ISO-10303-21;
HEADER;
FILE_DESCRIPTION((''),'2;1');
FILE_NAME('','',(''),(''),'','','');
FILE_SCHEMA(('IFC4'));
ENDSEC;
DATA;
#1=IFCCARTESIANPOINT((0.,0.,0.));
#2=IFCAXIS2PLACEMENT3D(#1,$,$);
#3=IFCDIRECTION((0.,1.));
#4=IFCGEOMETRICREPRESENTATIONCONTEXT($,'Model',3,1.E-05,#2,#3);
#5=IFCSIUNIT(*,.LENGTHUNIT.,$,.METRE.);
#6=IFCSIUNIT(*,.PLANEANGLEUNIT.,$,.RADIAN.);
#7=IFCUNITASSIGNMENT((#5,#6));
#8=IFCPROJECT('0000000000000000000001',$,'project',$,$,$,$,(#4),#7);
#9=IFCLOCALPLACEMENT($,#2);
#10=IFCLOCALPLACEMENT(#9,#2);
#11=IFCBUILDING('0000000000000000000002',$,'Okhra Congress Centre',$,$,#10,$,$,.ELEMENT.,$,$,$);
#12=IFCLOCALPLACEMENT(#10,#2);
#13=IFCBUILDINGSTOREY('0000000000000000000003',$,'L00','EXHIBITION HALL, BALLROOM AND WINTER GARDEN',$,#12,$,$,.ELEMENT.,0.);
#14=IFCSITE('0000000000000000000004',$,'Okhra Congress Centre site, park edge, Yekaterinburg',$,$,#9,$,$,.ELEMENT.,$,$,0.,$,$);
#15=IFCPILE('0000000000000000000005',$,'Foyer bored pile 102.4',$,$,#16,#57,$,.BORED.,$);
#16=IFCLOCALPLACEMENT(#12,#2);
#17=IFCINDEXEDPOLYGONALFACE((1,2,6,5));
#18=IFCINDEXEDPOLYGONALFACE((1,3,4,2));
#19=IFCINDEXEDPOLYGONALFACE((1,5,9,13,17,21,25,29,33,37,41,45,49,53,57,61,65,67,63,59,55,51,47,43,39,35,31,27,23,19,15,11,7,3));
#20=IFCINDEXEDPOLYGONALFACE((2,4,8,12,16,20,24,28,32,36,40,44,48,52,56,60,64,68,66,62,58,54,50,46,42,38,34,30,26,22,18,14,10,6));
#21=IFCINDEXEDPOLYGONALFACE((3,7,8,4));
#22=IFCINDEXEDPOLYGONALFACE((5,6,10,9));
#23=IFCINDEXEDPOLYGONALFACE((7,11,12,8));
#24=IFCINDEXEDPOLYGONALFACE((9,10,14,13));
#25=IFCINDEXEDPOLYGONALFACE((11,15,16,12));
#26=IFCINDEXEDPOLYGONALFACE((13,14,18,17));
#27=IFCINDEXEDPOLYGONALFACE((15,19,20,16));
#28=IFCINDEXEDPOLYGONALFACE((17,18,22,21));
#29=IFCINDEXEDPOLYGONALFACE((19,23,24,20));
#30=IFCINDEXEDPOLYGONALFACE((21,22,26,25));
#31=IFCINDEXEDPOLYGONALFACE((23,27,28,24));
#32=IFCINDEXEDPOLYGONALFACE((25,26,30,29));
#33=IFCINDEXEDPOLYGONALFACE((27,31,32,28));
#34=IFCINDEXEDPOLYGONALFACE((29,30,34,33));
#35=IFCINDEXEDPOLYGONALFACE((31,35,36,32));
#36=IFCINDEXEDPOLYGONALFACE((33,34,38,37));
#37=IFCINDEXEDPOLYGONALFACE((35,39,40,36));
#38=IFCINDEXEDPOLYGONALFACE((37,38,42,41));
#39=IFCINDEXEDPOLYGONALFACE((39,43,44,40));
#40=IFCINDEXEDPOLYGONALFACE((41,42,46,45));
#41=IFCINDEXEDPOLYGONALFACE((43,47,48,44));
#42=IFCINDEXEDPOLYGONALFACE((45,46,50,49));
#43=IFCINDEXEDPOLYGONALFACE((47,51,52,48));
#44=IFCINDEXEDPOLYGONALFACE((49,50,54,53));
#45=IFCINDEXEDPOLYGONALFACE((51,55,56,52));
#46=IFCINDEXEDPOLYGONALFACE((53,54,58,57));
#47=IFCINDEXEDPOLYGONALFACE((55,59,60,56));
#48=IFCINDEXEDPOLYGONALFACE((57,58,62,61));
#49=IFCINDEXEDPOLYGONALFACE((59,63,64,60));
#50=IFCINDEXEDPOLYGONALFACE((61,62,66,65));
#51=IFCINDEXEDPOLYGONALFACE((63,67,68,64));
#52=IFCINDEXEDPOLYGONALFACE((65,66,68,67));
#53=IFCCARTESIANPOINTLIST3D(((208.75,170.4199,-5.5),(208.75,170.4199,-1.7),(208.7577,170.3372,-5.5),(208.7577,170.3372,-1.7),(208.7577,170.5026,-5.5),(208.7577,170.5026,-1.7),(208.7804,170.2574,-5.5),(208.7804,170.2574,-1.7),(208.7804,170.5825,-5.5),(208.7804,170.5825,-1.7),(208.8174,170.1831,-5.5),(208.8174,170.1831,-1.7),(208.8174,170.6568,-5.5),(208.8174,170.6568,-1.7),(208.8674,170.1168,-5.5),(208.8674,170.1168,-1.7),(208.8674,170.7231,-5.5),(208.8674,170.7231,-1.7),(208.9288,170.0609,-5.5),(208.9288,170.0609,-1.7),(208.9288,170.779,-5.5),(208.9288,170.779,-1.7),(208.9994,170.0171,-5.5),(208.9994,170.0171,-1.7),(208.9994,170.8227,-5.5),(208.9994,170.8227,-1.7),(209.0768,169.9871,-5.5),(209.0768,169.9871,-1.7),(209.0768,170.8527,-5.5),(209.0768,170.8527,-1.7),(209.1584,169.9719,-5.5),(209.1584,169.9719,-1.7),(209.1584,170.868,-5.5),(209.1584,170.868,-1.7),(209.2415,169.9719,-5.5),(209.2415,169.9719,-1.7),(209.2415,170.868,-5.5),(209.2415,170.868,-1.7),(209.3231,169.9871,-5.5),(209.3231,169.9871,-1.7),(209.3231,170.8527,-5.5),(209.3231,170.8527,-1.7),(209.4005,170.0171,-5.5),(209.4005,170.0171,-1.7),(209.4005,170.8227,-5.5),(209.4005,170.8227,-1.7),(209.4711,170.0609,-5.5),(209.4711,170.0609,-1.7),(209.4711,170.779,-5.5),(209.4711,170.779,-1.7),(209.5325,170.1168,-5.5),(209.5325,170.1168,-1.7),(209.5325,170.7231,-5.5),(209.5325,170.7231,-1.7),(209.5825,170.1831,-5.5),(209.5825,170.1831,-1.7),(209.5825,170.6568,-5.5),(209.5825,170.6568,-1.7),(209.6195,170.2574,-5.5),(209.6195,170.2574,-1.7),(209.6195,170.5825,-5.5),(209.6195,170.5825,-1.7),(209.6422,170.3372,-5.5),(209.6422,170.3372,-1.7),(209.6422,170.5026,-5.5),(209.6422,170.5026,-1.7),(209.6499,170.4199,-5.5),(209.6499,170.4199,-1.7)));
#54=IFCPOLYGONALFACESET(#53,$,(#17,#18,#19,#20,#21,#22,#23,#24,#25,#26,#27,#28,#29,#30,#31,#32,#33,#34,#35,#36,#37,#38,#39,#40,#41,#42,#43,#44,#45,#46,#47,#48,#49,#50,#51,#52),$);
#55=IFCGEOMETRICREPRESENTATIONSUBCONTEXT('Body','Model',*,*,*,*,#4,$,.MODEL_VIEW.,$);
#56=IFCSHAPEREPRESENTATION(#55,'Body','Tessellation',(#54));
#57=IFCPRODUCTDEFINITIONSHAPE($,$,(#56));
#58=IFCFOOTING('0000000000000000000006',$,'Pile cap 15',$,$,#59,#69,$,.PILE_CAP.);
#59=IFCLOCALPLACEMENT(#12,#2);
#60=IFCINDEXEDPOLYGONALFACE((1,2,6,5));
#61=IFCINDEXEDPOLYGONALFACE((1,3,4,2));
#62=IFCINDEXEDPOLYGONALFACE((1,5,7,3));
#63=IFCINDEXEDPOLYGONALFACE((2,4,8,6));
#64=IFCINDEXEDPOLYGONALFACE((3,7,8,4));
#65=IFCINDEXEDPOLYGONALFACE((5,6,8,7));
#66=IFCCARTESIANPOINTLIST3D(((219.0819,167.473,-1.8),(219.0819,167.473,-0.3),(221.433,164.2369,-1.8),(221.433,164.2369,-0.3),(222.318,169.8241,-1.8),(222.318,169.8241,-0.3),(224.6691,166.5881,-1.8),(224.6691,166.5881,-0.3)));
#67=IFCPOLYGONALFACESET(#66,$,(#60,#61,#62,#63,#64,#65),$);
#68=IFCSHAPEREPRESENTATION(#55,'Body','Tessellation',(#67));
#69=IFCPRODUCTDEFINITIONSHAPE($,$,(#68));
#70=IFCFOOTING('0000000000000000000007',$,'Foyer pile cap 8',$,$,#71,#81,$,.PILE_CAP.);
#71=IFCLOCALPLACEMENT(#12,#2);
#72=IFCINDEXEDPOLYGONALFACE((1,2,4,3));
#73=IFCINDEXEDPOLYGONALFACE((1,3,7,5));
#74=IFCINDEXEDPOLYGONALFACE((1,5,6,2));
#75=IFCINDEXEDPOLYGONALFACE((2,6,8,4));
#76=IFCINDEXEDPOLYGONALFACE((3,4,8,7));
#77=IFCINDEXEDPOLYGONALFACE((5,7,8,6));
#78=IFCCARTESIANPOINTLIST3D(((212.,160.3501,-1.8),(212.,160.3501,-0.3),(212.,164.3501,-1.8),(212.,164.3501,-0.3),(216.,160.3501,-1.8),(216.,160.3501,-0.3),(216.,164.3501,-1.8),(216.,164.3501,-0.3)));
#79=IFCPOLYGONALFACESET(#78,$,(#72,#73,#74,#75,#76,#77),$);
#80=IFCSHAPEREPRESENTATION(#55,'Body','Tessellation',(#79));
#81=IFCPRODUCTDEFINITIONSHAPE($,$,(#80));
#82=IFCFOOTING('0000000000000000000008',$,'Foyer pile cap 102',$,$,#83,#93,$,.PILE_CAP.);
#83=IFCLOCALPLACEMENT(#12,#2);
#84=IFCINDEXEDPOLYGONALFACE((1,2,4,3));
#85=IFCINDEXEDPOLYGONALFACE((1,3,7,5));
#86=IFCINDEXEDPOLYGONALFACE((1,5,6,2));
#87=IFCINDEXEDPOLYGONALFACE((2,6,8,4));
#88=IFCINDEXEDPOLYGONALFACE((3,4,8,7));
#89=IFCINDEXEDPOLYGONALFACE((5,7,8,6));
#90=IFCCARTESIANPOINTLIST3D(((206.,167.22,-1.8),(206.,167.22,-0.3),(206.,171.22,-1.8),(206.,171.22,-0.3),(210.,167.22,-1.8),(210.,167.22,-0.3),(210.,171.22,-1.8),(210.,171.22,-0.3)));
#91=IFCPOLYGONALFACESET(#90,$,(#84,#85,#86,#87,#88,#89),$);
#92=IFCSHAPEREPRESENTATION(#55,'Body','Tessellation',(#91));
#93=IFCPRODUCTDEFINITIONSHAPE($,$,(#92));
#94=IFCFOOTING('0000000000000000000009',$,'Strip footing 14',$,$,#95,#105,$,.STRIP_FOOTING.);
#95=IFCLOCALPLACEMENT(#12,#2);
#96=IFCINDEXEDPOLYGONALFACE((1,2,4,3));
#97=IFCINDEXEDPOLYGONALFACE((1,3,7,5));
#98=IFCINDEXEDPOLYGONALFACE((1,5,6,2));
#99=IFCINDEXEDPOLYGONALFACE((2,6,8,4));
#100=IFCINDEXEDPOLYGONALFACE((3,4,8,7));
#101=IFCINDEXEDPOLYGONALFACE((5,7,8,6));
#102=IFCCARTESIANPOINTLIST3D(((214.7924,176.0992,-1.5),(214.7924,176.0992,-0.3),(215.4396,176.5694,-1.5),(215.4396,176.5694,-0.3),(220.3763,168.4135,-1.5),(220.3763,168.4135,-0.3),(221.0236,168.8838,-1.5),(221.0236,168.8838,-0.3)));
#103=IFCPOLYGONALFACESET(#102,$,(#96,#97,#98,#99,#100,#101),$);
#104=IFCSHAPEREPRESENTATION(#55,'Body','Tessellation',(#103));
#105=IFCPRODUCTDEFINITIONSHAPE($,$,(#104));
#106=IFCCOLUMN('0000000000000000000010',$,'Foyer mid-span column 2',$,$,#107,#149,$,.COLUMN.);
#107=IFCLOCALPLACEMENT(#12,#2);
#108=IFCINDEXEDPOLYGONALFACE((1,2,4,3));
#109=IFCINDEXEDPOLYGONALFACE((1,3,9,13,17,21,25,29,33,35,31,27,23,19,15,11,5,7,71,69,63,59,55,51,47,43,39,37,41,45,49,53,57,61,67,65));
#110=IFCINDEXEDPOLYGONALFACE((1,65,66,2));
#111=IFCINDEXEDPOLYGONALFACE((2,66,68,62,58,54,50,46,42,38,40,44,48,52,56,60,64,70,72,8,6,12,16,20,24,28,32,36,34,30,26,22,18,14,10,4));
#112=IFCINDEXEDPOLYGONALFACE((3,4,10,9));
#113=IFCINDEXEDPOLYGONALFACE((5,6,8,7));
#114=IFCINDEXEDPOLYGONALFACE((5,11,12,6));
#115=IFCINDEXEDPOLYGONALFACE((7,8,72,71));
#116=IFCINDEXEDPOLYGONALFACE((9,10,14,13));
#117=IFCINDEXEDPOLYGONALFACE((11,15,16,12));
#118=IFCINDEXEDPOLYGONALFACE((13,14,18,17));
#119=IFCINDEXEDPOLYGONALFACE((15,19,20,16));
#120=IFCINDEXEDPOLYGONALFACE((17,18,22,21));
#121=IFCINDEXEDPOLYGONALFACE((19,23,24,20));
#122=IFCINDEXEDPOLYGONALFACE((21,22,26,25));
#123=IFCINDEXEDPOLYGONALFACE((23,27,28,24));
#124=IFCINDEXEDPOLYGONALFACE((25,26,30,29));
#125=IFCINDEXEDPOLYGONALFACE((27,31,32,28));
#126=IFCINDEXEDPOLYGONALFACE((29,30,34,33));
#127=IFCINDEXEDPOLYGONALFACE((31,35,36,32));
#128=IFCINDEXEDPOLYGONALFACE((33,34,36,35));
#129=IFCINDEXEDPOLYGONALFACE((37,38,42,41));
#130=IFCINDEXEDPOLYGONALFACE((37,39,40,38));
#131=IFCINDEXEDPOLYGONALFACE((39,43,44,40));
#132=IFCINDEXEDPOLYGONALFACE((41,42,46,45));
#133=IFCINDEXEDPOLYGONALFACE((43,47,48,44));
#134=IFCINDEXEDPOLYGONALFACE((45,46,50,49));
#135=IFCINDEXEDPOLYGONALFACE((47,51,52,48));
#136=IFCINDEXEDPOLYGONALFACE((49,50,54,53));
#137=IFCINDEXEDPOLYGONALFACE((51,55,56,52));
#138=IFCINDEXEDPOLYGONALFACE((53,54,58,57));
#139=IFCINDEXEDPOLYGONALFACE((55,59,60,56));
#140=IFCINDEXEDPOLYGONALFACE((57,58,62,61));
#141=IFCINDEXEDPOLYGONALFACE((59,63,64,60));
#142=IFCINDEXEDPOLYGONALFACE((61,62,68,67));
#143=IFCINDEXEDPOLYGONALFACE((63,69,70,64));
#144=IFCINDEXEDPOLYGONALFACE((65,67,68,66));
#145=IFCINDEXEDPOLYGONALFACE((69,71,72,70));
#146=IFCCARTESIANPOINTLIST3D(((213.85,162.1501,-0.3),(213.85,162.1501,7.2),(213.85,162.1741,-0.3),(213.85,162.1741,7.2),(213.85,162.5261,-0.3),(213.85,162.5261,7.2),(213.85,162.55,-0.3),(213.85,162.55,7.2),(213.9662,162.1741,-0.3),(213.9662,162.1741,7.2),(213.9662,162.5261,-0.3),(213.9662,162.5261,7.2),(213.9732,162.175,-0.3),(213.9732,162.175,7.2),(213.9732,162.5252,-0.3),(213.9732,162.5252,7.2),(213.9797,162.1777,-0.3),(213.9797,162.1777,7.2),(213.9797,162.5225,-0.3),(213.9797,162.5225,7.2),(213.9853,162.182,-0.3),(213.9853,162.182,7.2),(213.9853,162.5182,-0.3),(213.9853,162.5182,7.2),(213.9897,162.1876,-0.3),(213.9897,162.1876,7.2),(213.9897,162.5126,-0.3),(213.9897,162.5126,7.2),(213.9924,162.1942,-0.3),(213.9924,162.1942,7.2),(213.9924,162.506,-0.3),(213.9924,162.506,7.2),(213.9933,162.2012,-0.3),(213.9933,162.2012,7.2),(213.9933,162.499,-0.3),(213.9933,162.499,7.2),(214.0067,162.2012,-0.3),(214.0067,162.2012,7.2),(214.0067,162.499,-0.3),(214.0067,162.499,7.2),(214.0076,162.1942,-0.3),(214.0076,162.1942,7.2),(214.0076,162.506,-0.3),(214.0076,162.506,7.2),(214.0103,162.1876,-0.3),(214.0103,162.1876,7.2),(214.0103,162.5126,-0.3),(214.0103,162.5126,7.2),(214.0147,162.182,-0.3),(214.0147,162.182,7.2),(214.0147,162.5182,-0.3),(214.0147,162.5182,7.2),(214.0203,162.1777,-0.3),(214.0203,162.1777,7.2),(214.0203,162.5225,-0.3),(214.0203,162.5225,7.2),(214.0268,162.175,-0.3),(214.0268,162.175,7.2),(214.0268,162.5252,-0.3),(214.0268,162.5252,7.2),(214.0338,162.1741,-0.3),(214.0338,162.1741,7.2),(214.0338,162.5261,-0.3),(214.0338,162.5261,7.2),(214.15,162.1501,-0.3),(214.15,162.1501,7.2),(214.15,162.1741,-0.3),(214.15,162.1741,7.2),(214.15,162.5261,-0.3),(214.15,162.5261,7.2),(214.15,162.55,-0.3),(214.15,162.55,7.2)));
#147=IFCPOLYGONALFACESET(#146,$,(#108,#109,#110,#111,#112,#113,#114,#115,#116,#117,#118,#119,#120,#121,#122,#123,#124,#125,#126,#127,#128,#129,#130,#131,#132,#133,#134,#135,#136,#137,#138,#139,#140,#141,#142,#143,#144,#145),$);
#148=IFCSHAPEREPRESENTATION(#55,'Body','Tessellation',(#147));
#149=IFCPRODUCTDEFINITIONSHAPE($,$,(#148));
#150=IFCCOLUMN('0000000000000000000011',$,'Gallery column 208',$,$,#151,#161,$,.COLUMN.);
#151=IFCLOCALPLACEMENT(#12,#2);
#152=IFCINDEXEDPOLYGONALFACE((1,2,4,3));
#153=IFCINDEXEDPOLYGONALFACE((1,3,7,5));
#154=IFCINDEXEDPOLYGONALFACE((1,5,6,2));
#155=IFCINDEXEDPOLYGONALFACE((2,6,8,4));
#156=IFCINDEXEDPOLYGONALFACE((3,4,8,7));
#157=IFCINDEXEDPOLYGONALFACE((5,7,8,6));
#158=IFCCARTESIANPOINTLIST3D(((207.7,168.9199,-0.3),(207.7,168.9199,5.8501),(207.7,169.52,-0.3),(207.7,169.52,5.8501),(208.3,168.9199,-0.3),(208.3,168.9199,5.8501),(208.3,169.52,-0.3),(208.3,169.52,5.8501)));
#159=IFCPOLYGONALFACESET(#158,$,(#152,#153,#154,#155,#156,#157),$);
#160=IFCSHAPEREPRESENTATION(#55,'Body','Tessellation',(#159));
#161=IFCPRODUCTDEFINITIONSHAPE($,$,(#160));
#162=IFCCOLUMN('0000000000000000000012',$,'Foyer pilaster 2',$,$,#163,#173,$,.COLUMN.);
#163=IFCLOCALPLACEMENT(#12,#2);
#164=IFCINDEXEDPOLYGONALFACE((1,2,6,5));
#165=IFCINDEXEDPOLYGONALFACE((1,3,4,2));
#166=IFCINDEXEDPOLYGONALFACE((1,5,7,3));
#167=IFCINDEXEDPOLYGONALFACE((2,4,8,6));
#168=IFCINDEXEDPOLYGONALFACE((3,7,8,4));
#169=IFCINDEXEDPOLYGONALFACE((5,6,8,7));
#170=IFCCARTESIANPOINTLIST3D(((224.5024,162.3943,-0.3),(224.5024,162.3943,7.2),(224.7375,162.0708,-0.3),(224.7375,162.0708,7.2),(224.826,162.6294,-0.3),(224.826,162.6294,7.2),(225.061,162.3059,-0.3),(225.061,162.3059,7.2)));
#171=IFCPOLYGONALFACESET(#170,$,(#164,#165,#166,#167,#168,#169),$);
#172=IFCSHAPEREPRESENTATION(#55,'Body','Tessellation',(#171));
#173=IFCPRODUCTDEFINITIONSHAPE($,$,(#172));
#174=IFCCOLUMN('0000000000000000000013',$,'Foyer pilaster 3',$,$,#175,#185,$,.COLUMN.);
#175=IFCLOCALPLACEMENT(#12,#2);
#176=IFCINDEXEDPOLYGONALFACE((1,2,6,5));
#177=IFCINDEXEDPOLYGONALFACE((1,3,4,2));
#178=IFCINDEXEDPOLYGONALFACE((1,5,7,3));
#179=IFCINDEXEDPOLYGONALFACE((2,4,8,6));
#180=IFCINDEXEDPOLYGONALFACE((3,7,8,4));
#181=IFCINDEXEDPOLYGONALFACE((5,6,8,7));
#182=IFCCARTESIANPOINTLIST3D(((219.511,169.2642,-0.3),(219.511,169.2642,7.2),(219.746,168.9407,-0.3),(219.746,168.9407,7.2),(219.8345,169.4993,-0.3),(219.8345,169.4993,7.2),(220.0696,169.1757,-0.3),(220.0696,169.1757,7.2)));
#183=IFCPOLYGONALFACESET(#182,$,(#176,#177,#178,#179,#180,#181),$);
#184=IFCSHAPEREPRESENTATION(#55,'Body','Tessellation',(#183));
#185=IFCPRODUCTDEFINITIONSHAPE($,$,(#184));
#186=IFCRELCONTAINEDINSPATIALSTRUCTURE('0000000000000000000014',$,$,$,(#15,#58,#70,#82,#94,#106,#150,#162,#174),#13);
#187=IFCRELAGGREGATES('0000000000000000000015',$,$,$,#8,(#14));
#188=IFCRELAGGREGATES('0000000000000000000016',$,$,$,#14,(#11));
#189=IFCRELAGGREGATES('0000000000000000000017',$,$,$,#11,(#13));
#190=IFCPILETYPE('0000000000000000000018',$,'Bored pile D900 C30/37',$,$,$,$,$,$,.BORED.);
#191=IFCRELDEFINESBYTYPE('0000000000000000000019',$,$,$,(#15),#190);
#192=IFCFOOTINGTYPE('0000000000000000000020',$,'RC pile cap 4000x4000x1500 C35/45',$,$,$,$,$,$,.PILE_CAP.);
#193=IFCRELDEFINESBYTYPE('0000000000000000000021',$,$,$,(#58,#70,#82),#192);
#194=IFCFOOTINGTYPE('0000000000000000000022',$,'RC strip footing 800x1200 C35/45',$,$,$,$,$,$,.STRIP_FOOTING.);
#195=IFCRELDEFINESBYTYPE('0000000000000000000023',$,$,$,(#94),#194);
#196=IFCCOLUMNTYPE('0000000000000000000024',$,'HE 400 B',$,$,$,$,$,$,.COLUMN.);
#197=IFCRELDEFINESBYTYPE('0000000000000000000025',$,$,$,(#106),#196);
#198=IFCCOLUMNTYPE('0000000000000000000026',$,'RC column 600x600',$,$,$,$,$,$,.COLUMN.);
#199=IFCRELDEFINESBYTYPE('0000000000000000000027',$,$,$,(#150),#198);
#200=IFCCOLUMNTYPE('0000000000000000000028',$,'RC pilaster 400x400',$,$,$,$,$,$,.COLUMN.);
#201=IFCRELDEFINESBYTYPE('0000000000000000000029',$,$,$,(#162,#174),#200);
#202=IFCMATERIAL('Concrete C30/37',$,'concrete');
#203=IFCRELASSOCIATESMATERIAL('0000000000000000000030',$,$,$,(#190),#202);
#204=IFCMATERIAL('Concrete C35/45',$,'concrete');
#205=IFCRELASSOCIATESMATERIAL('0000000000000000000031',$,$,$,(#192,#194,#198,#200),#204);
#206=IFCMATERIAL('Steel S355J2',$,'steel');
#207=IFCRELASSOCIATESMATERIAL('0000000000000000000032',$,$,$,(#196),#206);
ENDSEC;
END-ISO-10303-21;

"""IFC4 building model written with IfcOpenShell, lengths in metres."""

from ifc_helpers import new_model, si_unit, direction, frame, origin, origin_2d, place, context, subcontext, project, spatial, rectangle, circle, i_section, extrude, material, material_profile, profile_set, type_object, element, save


model = new_model("IFC4")

# Units and contexts
model_context = context("Model", 3, precision=1e-05, world=origin(), true_north=direction((0.0, 1.0)))
body_context = subcontext(model_context, "Body", "Model", "MODEL_VIEW")
ifc_project = project(units=[si_unit("LENGTHUNIT", "METRE"), si_unit("PLANEANGLEUNIT", "RADIAN")], contexts=[model_context])

# Site, building, storey
site_placement = place(None, origin())
site = spatial("IfcSite", under=ifc_project, at=site_placement, Name="Okhra Congress Centre site, park edge, Yekaterinburg", CompositionType="ELEMENT", RefElevation=0.0)
building_placement = place(site_placement, origin())
building = spatial("IfcBuilding", under=site, at=building_placement, Name="Okhra Congress Centre", CompositionType="ELEMENT")
storey_placement = place(building_placement, origin())
storey = spatial("IfcBuildingStorey", under=building, at=storey_placement, Name="L00", Description="EXHIBITION HALL, BALLROOM AND WINTER GARDEN", CompositionType="ELEMENT", Elevation=0.0)

# Pile
ifc_material_1 = material(Name="Concrete C30/37", Category="concrete")
ifc_material_profile_1 = material_profile(ifc_material_1, circle(Radius=0.45, at=origin_2d()), Name="D900")
ifc_profile_set_1 = profile_set([ifc_material_profile_1], Name="Concrete C30/37")
pile_type = type_object("IfcPileType", Name="Bored pile D900 C30/37", PredefinedType="BORED", material=ifc_profile_set_1)
for number, where, z_axis, x_axis, name in (
    (1, (209.2, 170.4199, -1.7), (0.0, 0.0, -1.0), (1.0, 0.0, 0.0), "Foyer bored pile 102.4"),
):
    element("IfcPile", number, at=place(storey_placement, frame(where, z_axis=z_axis, x_axis=x_axis)), inside=storey, type_object=pile_type, Name=name, PredefinedType="BORED", context=body_context, shape_type="SweptSolid", body=[
        extrude(circle(Radius=0.45, at=origin_2d()), origin(), (0.0, 0.0, 1.0), 3.8),
    ])

# Footings
ifc_material_2 = material(Name="Concrete C35/45", Category="concrete")
footing_type_1 = type_object("IfcFootingType", Name="RC pile cap 4000x4000x1500 C35/45", PredefinedType="PILE_CAP", material=ifc_material_2)
for number, where, z_axis, x_axis, name in (
    (2, (221.8755, 167.0305, -1.8), (0.0, 0.0, 1.0), (0.809017, 0.587785, 0.0), "Pile cap 15"),
    (3, (214.0, 162.3501, -1.8), (0.0, 0.0, 1.0), (1.0, 0.0, 0.0), "Foyer pile cap 8"),
    (4, (208.0, 169.22, -1.8), (0.0, 0.0, 1.0), (1.0, 0.0, 0.0), "Foyer pile cap 102"),
):
    element("IfcFooting", number, at=place(storey_placement, frame(where, z_axis=z_axis, x_axis=x_axis)), inside=storey, type_object=footing_type_1, Name=name, PredefinedType="PILE_CAP", context=body_context, shape_type="SweptSolid", body=[
        extrude(rectangle(XDim=4.0, YDim=4.0, at=origin_2d()), origin(), (0.0, 0.0, 1.0), 1.5),
    ])
footing_type_2 = type_object("IfcFootingType", Name="RC strip footing 800x1200 C35/45", PredefinedType="STRIP_FOOTING", material=ifc_material_2)
footing_placement = place(storey_placement, frame((217.908, 172.4915, -1.5), z_axis=(0.0, 0.0, 1.0), x_axis=(-0.587785, 0.809017, 0.0)))
element("IfcFooting", 5, at=footing_placement, inside=storey, type_object=footing_type_2, Name="Strip footing 14", PredefinedType="STRIP_FOOTING", context=body_context, shape_type="SweptSolid", body=[
    extrude(rectangle(XDim=9.5, YDim=0.8, at=origin_2d()), origin(), (0.0, 0.0, 1.0), 1.2),
])

# Columns
ifc_material_3 = material(Name="Steel S355J2", Category="steel")
ifc_material_profile_2 = material_profile(ifc_material_3, i_section(OverallWidth=0.3, OverallDepth=0.3999, WebThickness=0.0134, FlangeThickness=0.0239, FilletRadius=0.0271, at=origin_2d()), Name="HE 400 B")
ifc_profile_set_2 = profile_set([ifc_material_profile_2], Name="Steel S355J2")
column_type_1 = type_object("IfcColumnType", Name="HE 400 B", PredefinedType="COLUMN", material=ifc_profile_set_2)
column_1_placement = place(storey_placement, frame((214.0, 162.3501, -0.3), z_axis=(0.0, 0.0, 1.0), x_axis=(1.0, 0.0, 0.0)))
element("IfcColumn", 6, at=column_1_placement, inside=storey, type_object=column_type_1, Name="Foyer mid-span column 2", PredefinedType="COLUMN", context=body_context, shape_type="SweptSolid", body=[
    extrude(i_section(OverallWidth=0.3, OverallDepth=0.3999, WebThickness=0.0134, FlangeThickness=0.0239, FilletRadius=0.0271, at=origin_2d()), origin(), (0.0, 0.0, 1.0), 7.5),
])
ifc_material_profile_3 = material_profile(ifc_material_2, rectangle(XDim=0.6001, YDim=0.6001, at=origin_2d()), Name="RC column 600x600")
ifc_profile_set_3 = profile_set([ifc_material_profile_3], Name="Concrete C35/45")
column_type_2 = type_object("IfcColumnType", Name="RC column 600x600", PredefinedType="COLUMN", material=ifc_profile_set_3)
column_2_placement = place(storey_placement, frame((208.0, 169.22, -0.3), z_axis=(0.0, 0.0, 1.0), x_axis=(1.0, 0.0, 0.0)))
element("IfcColumn", 7, at=column_2_placement, inside=storey, type_object=column_type_2, Name="Gallery column 208", PredefinedType="COLUMN", context=body_context, shape_type="SweptSolid", body=[
    extrude(rectangle(XDim=0.6001, YDim=0.6001, at=origin_2d()), origin(), (0.0, 0.0, 1.0), 6.1501),
])
ifc_material_profile_4 = material_profile(ifc_material_2, rectangle(XDim=0.3999, YDim=0.3999, at=origin_2d()), Name="RC pilaster 400x400")
ifc_profile_set_4 = profile_set([ifc_material_profile_4], Name="Concrete C35/45")
column_type_3 = type_object("IfcColumnType", Name="RC pilaster 400x400", PredefinedType="COLUMN", material=ifc_profile_set_4)
for number, where, z_axis, x_axis, name in (
    (8, (224.7817, 162.3501, -0.3), (0.0, 0.0, 1.0), (0.809017, 0.587785, 0.0), "Foyer pilaster 2"),
    (9, (219.7903, 169.22, -0.3), (0.0, 0.0, 1.0), (0.809017, 0.587785, 0.0), "Foyer pilaster 3"),
):
    element("IfcColumn", number, at=place(storey_placement, frame(where, z_axis=z_axis, x_axis=x_axis)), inside=storey, type_object=column_type_3, Name=name, PredefinedType="COLUMN", context=body_context, shape_type="SweptSolid", body=[
        extrude(rectangle(XDim=0.3999, YDim=0.3999, at=origin_2d()), origin(), (0.0, 0.0, 1.0), 7.5),
    ])

save(model, "model.ifc")
